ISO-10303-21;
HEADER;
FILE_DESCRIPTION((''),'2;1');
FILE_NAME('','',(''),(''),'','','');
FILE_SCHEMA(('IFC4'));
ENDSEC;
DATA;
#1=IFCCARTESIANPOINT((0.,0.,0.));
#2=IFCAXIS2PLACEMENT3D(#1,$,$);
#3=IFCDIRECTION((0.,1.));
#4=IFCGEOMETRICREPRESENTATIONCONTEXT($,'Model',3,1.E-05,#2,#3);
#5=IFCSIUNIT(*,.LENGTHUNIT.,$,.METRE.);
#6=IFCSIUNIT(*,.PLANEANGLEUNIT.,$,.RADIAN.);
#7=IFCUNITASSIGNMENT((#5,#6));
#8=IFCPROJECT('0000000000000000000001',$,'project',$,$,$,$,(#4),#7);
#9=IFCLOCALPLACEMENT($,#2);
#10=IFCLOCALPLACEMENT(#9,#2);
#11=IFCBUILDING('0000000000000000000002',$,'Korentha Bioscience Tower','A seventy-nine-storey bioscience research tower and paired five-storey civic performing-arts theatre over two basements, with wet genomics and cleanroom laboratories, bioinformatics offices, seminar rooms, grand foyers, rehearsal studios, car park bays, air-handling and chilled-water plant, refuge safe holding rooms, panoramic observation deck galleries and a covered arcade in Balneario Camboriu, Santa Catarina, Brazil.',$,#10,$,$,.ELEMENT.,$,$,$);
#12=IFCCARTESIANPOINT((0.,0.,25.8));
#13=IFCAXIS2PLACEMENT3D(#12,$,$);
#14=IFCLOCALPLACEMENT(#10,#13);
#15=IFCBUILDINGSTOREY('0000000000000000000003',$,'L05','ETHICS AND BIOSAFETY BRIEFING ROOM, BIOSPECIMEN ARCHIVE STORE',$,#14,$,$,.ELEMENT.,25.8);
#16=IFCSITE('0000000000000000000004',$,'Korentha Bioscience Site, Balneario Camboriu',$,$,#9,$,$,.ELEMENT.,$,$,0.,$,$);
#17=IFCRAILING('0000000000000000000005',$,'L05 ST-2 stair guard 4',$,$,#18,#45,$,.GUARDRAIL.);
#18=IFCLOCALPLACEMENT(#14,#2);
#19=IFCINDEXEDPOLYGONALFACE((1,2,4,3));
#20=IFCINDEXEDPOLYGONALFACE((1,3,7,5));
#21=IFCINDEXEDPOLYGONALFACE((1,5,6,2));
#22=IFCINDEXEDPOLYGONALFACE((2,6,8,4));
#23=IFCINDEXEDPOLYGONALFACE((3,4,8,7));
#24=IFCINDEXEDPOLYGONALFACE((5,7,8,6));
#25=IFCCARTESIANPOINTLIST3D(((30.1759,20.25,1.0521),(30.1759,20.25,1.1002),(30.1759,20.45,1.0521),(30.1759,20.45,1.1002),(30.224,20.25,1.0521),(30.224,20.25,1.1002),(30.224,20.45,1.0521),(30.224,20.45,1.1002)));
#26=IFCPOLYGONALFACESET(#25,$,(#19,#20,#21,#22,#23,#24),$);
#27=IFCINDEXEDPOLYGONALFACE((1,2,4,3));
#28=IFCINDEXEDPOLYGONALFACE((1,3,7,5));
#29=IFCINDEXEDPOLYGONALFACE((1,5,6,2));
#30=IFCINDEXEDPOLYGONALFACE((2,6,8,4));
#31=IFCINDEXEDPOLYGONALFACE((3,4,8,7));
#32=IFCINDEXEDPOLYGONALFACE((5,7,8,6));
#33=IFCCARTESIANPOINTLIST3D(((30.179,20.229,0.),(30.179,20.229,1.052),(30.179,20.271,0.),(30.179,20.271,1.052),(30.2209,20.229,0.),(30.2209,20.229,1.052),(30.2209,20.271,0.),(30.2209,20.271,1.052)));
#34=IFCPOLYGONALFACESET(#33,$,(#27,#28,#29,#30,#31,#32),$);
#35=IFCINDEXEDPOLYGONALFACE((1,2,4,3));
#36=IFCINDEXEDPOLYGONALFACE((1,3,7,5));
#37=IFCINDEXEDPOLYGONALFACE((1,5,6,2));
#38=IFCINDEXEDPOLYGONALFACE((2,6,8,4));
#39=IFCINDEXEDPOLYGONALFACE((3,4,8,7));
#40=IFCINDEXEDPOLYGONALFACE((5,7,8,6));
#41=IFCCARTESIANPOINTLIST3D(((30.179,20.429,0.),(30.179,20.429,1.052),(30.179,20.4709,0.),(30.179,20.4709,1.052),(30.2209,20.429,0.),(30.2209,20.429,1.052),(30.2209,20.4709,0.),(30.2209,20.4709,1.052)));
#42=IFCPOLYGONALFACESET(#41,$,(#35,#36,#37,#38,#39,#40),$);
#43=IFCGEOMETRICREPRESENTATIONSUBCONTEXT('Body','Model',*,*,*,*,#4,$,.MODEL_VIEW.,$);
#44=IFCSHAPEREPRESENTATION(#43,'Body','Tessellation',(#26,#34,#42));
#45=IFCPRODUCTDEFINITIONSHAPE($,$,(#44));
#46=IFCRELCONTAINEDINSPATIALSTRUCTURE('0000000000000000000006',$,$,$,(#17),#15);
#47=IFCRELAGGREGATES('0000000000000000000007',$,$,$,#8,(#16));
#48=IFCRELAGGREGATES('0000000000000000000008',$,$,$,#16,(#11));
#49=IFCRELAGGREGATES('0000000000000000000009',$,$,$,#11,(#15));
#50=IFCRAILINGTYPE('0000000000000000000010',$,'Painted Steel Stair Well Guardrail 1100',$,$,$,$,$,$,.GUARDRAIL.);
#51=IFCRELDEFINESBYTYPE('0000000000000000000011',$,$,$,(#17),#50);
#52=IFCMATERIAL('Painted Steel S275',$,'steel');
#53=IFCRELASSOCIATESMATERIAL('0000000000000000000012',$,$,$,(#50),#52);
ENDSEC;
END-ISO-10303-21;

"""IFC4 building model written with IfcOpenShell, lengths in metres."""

from ifc_helpers import new_model, si_unit, direction, frame, origin, origin_2d, place, context, subcontext, project, spatial, rectangle, extrude, material, type_object, element, save


model = new_model("IFC4")

# Units and contexts
model_context = context("Model", 3, precision=1e-05, world=origin(), true_north=direction((0.0, 1.0)))
body_context = subcontext(model_context, "Body", "Model", "MODEL_VIEW")
ifc_project = project(units=[si_unit("LENGTHUNIT", "METRE"), si_unit("PLANEANGLEUNIT", "RADIAN")], contexts=[model_context])

# Site, building, storey
site_placement = place(None, origin())
site = spatial("IfcSite", under=ifc_project, at=site_placement, Name="Korentha Bioscience Site, Balneario Camboriu", CompositionType="ELEMENT", RefElevation=0.0)
building_placement = place(site_placement, origin())
building = spatial("IfcBuilding", under=site, at=building_placement, Name="Korentha Bioscience Tower", Description="A seventy-nine-storey bioscience research tower and paired five-storey civic performing-arts theatre over two basements, with wet genomics and cleanroom laboratories, bioinformatics offices, seminar rooms, grand foyers, rehearsal studios, car park bays, air-handling and chilled-water plant, refuge safe holding rooms, panoramic observation deck galleries and a covered arcade in Balneario Camboriu, Santa Catarina, Brazil.", CompositionType="ELEMENT")
storey_placement = place(building_placement, frame((0.0, 0.0, 25.8)))
storey = spatial("IfcBuildingStorey", under=building, at=storey_placement, Name="L05", Description="ETHICS AND BIOSAFETY BRIEFING ROOM, BIOSPECIMEN ARCHIVE STORE", CompositionType="ELEMENT", Elevation=25.8)

# Railing
ifc_material_1 = material(Name="Painted Steel S275", Category="steel")
railing_type_1 = type_object("IfcRailingType", Name="Painted Steel Stair Well Guardrail 1100", PredefinedType="GUARDRAIL", material=ifc_material_1)
railing_1_placement = place(storey_placement, frame((30.2, 20.25, 0.0)))
element("IfcRailing", 1, at=railing_1_placement, inside=storey, type_object=railing_type_1, Name="L05 ST-2 stair guard 4", PredefinedType="GUARDRAIL", context=body_context, shape_type="SweptSolid", body=[
    extrude(rectangle(XDim=0.0481, YDim=0.0481, at=origin_2d()), frame((0.0, 0.0, 1.0762), z_axis=(0.0, 1.0, 0.0), x_axis=(-1.0, 0.0, 0.0)), (0.0, 0.0, 1.0), 0.2),
    extrude(rectangle(XDim=0.042, YDim=0.042, at=origin_2d()), origin(), (0.0, 0.0, 1.0), 1.052),
    extrude(rectangle(XDim=0.042, YDim=0.042, at=origin_2d()), frame((0.0, 0.2, 0.0)), (0.0, 0.0, 1.0), 1.052),
])

save(model, "model.ifc")
